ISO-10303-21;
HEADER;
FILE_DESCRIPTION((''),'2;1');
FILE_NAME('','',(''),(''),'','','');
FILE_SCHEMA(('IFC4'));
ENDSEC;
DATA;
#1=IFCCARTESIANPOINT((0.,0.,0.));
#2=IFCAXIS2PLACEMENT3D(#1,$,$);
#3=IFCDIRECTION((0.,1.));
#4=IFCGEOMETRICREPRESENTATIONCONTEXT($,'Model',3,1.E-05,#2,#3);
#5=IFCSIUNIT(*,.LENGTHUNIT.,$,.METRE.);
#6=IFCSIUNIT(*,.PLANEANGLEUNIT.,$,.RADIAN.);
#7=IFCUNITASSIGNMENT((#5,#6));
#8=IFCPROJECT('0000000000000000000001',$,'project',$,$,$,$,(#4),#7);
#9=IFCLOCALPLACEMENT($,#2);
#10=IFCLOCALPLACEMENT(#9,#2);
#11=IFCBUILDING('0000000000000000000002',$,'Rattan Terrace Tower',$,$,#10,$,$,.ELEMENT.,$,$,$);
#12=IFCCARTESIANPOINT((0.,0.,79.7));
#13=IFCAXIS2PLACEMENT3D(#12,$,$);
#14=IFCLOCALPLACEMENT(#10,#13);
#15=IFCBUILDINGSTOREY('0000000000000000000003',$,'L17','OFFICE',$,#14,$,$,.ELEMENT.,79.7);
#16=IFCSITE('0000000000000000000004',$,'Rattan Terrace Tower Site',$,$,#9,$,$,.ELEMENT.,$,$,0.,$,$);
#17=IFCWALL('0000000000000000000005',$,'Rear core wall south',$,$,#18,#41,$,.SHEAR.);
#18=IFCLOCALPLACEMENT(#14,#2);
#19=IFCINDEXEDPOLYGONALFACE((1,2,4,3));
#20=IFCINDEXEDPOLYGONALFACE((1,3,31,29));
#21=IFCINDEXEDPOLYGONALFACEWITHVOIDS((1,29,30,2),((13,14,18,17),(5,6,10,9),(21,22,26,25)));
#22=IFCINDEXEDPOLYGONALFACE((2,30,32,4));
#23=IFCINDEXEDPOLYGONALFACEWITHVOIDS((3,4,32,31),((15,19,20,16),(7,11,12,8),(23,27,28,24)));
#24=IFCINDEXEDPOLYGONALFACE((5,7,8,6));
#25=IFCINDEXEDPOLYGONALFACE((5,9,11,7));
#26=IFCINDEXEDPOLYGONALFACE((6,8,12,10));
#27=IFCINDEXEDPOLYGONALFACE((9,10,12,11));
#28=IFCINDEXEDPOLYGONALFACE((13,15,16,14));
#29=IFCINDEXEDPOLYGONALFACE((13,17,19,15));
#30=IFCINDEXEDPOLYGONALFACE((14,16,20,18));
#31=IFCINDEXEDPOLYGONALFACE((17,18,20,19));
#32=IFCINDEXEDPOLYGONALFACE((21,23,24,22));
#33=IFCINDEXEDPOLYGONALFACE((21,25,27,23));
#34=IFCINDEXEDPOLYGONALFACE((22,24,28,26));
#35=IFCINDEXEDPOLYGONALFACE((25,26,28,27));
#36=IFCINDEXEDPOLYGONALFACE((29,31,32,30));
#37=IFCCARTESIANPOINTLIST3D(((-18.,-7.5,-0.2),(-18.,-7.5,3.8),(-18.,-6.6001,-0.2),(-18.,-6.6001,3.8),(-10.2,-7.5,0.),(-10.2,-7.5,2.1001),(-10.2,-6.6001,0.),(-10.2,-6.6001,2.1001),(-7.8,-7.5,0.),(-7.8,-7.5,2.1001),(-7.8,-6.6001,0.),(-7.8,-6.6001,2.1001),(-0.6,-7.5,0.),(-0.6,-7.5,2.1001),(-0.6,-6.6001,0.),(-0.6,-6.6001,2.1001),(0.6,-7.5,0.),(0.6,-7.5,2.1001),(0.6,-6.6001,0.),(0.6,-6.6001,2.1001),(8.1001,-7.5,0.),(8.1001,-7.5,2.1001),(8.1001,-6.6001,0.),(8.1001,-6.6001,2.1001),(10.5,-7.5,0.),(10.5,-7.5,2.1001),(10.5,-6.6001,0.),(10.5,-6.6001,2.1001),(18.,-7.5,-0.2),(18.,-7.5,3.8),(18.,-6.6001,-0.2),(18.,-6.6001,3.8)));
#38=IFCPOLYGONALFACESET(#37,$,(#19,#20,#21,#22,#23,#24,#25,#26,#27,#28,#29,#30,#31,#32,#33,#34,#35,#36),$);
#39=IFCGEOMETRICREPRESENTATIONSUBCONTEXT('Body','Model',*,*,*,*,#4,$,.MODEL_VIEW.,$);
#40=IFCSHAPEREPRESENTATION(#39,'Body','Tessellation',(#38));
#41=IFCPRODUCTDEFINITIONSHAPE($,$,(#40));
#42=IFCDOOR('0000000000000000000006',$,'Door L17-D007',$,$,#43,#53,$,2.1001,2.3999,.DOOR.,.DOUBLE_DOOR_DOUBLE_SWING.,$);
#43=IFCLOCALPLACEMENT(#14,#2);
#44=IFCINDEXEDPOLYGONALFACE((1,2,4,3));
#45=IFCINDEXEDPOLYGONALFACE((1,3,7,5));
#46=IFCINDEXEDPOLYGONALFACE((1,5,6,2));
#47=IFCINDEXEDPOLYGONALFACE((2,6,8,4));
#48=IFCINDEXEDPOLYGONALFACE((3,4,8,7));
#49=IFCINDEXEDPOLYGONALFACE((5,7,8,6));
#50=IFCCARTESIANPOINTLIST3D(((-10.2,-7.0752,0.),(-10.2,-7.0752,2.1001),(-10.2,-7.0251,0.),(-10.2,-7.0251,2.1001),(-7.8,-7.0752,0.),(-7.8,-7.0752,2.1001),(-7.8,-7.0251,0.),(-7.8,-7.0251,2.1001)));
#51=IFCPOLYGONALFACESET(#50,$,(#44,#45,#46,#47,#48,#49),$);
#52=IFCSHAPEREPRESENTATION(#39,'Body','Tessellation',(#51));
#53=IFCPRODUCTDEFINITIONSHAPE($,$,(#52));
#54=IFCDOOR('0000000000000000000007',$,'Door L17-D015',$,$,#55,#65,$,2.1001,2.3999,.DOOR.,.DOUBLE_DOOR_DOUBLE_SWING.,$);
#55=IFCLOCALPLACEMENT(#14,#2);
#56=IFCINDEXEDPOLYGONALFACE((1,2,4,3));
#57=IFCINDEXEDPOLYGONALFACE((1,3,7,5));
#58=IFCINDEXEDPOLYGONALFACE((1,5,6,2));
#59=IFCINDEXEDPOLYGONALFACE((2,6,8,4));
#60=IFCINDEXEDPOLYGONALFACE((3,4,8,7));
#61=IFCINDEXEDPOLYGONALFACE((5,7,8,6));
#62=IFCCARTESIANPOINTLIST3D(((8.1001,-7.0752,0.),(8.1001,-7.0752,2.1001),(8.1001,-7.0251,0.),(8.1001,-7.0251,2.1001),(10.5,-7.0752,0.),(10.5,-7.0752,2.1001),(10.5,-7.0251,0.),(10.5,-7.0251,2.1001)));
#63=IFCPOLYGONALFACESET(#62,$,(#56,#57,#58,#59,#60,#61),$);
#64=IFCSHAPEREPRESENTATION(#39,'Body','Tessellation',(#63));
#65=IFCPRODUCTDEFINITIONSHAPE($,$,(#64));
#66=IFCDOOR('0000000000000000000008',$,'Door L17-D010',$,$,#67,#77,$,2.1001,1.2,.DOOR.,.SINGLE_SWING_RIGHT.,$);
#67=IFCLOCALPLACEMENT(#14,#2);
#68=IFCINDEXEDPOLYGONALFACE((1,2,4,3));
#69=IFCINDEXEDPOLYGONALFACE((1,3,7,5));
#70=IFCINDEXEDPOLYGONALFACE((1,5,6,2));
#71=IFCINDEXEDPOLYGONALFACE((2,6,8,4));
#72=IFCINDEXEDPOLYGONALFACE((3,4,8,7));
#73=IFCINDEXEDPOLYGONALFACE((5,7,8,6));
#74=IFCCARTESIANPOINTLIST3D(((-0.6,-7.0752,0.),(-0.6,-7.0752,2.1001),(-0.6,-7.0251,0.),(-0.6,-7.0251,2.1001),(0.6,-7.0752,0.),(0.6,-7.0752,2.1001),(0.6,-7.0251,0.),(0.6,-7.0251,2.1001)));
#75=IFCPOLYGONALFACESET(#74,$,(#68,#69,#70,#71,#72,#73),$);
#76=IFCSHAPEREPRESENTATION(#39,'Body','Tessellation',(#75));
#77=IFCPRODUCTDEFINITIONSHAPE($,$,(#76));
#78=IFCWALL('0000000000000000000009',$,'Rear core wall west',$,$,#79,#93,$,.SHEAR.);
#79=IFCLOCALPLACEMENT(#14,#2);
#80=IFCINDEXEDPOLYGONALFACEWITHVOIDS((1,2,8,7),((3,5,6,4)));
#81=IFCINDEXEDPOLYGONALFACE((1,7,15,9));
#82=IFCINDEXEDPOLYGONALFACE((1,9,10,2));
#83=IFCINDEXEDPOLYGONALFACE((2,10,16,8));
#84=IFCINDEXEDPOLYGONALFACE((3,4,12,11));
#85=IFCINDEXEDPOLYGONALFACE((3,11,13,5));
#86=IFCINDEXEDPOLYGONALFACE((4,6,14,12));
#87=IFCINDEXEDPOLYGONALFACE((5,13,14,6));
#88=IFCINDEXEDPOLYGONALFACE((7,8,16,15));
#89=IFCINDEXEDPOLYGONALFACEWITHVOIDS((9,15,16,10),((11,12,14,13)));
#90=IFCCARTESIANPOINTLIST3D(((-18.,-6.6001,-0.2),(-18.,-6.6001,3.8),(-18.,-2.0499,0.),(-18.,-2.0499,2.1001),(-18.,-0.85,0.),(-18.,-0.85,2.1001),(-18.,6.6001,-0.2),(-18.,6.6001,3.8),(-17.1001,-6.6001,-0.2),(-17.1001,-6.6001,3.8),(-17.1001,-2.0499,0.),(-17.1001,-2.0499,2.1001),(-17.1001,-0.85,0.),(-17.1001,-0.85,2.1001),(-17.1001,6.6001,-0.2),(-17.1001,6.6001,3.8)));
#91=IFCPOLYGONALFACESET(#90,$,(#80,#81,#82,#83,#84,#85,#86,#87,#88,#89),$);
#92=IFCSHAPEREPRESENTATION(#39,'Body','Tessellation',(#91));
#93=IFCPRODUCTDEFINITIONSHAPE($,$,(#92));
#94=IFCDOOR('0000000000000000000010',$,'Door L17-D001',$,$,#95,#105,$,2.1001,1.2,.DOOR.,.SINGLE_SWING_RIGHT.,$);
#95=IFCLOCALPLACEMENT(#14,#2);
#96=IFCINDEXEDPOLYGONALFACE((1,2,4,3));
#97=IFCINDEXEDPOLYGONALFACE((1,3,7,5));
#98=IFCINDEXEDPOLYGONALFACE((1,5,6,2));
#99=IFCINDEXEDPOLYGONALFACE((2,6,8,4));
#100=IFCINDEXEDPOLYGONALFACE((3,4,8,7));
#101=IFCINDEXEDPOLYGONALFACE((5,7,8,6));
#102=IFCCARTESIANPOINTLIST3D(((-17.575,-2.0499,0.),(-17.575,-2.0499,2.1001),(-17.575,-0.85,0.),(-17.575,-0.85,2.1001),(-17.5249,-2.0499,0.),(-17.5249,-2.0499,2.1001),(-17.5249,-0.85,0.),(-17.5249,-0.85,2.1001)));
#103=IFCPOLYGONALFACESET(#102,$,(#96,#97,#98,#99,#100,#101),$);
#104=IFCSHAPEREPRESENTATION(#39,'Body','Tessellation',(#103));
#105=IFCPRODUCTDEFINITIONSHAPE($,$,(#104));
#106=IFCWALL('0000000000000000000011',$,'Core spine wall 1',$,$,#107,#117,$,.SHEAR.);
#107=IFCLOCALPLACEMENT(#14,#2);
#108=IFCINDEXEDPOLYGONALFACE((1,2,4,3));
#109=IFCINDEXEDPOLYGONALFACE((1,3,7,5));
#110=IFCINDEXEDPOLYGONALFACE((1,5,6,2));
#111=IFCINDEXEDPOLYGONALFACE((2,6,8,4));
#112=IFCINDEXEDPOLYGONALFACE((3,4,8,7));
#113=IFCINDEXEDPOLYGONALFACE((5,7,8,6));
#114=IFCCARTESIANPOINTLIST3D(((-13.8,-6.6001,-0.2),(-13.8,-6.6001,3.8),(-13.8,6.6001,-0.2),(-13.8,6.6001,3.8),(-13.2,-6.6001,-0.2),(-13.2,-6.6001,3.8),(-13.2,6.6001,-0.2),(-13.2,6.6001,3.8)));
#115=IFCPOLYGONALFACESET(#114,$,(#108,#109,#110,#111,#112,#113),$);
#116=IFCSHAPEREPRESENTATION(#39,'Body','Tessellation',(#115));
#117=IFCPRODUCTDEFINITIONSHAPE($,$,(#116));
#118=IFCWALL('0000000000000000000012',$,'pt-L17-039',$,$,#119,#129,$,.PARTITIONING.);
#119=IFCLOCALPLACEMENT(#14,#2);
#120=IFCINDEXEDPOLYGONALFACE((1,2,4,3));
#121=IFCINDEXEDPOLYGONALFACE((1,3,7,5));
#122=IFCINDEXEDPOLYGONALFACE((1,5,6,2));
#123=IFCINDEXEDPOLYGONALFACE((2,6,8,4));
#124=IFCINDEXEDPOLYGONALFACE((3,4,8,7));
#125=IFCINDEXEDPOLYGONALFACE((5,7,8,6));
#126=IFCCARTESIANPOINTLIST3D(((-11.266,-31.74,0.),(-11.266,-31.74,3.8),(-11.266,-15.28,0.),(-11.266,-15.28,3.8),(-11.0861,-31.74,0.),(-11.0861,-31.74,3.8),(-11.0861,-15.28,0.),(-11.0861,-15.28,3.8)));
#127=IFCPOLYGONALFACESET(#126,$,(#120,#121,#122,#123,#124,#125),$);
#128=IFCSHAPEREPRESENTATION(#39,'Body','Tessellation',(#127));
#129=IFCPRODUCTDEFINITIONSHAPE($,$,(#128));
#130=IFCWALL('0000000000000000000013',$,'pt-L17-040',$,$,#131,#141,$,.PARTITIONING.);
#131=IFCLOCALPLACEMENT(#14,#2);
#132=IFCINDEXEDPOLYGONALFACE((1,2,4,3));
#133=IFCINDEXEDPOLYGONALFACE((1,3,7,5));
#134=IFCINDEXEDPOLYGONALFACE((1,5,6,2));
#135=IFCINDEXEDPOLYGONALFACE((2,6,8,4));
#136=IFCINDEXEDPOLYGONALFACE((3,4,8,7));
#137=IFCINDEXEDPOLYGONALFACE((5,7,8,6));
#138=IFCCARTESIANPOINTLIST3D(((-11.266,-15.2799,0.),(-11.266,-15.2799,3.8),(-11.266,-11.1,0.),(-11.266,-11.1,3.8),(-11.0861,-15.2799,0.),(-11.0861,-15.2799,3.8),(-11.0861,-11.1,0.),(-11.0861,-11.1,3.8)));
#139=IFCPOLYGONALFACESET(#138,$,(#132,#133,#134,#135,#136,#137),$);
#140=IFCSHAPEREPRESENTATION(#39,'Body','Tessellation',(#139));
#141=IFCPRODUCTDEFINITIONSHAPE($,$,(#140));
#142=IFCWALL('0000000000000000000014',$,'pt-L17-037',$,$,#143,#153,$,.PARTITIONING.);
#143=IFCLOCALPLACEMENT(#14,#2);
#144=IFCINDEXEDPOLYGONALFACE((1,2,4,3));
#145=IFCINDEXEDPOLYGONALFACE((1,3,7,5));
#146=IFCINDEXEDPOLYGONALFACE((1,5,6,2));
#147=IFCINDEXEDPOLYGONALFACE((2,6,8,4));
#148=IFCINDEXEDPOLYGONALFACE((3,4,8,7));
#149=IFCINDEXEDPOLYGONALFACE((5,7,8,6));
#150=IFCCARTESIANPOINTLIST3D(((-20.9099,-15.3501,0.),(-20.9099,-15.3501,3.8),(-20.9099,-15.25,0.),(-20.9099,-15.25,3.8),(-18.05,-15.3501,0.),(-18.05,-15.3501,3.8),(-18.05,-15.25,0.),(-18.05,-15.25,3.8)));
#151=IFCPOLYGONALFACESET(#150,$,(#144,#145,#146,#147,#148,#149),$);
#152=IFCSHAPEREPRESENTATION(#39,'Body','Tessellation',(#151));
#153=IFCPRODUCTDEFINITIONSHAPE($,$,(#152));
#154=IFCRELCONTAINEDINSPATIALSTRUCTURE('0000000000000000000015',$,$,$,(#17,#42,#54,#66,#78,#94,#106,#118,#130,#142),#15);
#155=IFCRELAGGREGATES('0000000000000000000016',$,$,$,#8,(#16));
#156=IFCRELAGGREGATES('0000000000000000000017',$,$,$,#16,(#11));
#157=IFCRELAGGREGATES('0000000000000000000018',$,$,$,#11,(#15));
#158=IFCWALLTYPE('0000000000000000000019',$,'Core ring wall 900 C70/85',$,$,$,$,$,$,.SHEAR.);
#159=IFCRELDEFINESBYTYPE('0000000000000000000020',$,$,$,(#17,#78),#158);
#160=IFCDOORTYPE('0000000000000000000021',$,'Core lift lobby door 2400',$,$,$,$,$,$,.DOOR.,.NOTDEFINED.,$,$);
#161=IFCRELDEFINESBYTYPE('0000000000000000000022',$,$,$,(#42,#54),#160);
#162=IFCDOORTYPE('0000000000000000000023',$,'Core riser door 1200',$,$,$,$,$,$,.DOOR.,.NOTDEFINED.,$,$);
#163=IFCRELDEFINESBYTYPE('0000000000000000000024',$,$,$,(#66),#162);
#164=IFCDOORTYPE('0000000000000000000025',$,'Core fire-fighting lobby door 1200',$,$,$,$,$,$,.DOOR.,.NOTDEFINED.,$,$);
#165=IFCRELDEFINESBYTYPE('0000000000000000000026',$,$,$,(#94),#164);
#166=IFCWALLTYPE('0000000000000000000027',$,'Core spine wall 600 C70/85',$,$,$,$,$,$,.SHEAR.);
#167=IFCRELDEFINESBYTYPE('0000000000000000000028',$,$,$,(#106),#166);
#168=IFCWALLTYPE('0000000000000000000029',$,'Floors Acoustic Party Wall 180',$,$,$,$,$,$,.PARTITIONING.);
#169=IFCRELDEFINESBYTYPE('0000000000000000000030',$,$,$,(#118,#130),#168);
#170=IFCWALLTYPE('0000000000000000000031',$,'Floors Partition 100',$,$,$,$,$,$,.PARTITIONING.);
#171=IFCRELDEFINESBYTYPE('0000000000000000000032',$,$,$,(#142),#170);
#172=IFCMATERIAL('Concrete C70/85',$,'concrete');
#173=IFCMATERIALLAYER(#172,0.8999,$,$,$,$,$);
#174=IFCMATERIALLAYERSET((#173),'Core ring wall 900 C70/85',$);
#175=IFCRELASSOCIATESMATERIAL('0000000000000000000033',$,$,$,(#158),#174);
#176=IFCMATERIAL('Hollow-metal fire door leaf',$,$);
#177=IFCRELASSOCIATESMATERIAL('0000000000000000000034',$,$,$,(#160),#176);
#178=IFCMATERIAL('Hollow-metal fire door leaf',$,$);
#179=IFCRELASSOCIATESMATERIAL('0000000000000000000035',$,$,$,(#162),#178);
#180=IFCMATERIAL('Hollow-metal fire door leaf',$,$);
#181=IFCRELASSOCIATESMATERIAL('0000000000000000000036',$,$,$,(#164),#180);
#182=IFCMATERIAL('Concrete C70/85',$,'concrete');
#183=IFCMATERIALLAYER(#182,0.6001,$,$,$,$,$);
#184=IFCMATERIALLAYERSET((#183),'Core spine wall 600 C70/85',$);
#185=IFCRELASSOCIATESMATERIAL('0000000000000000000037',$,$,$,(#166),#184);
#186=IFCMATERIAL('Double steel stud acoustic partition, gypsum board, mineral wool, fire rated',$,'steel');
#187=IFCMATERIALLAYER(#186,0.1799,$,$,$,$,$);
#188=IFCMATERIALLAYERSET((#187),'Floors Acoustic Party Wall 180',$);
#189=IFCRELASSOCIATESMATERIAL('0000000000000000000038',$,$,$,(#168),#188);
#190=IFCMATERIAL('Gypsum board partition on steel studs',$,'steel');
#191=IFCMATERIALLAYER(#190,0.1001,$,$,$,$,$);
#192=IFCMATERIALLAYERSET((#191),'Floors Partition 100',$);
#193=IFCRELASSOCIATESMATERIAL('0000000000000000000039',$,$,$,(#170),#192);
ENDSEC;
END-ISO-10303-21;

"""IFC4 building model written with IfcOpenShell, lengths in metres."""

from ifc_helpers import new_model, si_unit, direction, frame, frame_2d, origin, place, context, subcontext, project, spatial, rectangle, extrude, material, layer, layer_set, type_object, element, fill, save


model = new_model("IFC4")

# Units and contexts
model_context = context("Model", 3, precision=1e-05, world=origin(), true_north=direction((0.0, 1.0)))
body_context = subcontext(model_context, "Body", "Model", "MODEL_VIEW")
ifc_project = project(units=[si_unit("LENGTHUNIT", "METRE"), si_unit("PLANEANGLEUNIT", "RADIAN")], contexts=[model_context])

# Site, building, storey
site_placement = place(None, origin())
site = spatial("IfcSite", under=ifc_project, at=site_placement, Name="Rattan Terrace Tower Site", CompositionType="ELEMENT", RefElevation=0.0)
building_placement = place(site_placement, origin())
building = spatial("IfcBuilding", under=site, at=building_placement, Name="Rattan Terrace Tower", CompositionType="ELEMENT")
storey_placement = place(building_placement, frame((0.0, 0.0, 79.7)))
storey = spatial("IfcBuildingStorey", under=building, at=storey_placement, Name="L17", Description="OFFICE", CompositionType="ELEMENT", Elevation=79.7)

# Wall, openings, doors
ifc_material_1 = material(Name="Concrete C70/85", Category="concrete")
ifc_layer_1 = layer(ifc_material_1, 0.8999)
ifc_layer_set_1 = layer_set([ifc_layer_1], Name="Core ring wall 900 C70/85")
wall_type_1 = type_object("IfcWallType", Name="Core ring wall 900 C70/85", PredefinedType="SHEAR", material=ifc_layer_set_1)
wall_1_placement = place(storey_placement, frame((-18.0, -7.05, -0.2), z_axis=(0.0, 0.0, 1.0), x_axis=(1.0, 0.0, 0.0)))
wall_1 = element("IfcWall", 1, at=wall_1_placement, inside=storey, type_object=wall_type_1, Name="Rear core wall south", PredefinedType="SHEAR", context=body_context, shape_type="SweptSolid", body=[
    extrude(rectangle(XDim=36.0, YDim=0.8999, at=frame_2d((18.0, 0.0))), origin(), (0.0, 0.0, 1.0), 4.0),
])
opening_1_placement = place(wall_1_placement, frame((7.8, 0.0, 0.2)))
opening_1 = element("IfcOpeningElement", 2, at=opening_1_placement, cuts=wall_1, PredefinedType="OPENING", context=body_context, shape_type="SweptSolid", body=[
    extrude(rectangle(XDim=2.3999, YDim=2.1001, at=frame_2d((1.2, 1.05))), frame((0.0, 0.4604, 0.0), z_axis=(0.0, -1.0, 0.0), x_axis=(1.0, 0.0, 0.0)), (0.0, 0.0, 1.0), 0.9209),
])
opening_2_placement = place(wall_1_placement, frame((17.3999, 0.0, 0.2)))
opening_2 = element("IfcOpeningElement", 3, at=opening_2_placement, cuts=wall_1, PredefinedType="OPENING", context=body_context, shape_type="SweptSolid", body=[
    extrude(rectangle(XDim=1.2, YDim=2.1001, at=frame_2d((0.6001, 1.05))), frame((0.0, 0.4604, 0.0), z_axis=(0.0, -1.0, 0.0), x_axis=(1.0, 0.0, 0.0)), (0.0, 0.0, 1.0), 0.9209),
])
opening_3_placement = place(wall_1_placement, frame((26.1001, 0.0, 0.2)))
opening_3 = element("IfcOpeningElement", 4, at=opening_3_placement, cuts=wall_1, PredefinedType="OPENING", context=body_context, shape_type="SweptSolid", body=[
    extrude(rectangle(XDim=2.3999, YDim=2.1001, at=frame_2d((1.2, 1.05))), frame((0.0, 0.4604, 0.0), z_axis=(0.0, -1.0, 0.0), x_axis=(1.0, 0.0, 0.0)), (0.0, 0.0, 1.0), 0.9209),
])
ifc_material_2 = material(Name="Hollow-metal fire door leaf")
door_type_1 = type_object("IfcDoorType", Name="Core lift lobby door 2400", OperationType="NOTDEFINED", PredefinedType="DOOR", material=ifc_material_2)
door_1_placement = place(opening_1_placement, origin())
door_1 = element("IfcDoor", 5, at=door_1_placement, inside=storey, type_object=door_type_1, Name="Door L17-D007", OperationType="DOUBLE_DOOR_DOUBLE_SWING", OverallHeight=2.1001, OverallWidth=2.3999, PredefinedType="DOOR", context=body_context, shape_type="SweptSolid", body=[
    extrude(rectangle(XDim=2.3999, YDim=2.1001, at=frame_2d((1.2, 1.05))), frame((0.0, 0.0249, 0.0), z_axis=(0.0, -1.0, 0.0), x_axis=(1.0, 0.0, 0.0)), (0.0, 0.0, 1.0), 0.05),
])
fill(opening_1, door_1)
door_2_placement = place(opening_3_placement, origin())
door_2 = element("IfcDoor", 6, at=door_2_placement, inside=storey, type_object=door_type_1, Name="Door L17-D015", OperationType="DOUBLE_DOOR_DOUBLE_SWING", OverallHeight=2.1001, OverallWidth=2.3999, PredefinedType="DOOR", context=body_context, shape_type="SweptSolid", body=[
    extrude(rectangle(XDim=2.3999, YDim=2.1001, at=frame_2d((1.2, 1.05))), frame((0.0, 0.0249, 0.0), z_axis=(0.0, -1.0, 0.0), x_axis=(1.0, 0.0, 0.0)), (0.0, 0.0, 1.0), 0.05),
])
fill(opening_3, door_2)
ifc_material_3 = material(Name="Hollow-metal fire door leaf")
door_type_2 = type_object("IfcDoorType", Name="Core riser door 1200", OperationType="NOTDEFINED", PredefinedType="DOOR", material=ifc_material_3)
door_3_placement = place(opening_2_placement, origin())
door_3 = element("IfcDoor", 7, at=door_3_placement, inside=storey, type_object=door_type_2, Name="Door L17-D010", OperationType="SINGLE_SWING_RIGHT", OverallHeight=2.1001, OverallWidth=1.2, PredefinedType="DOOR", context=body_context, shape_type="SweptSolid", body=[
    extrude(rectangle(XDim=1.2, YDim=2.1001, at=frame_2d((0.6001, 1.05))), frame((0.0, 0.0249, 0.0), z_axis=(0.0, -1.0, 0.0), x_axis=(1.0, 0.0, 0.0)), (0.0, 0.0, 1.0), 0.05),
])
fill(opening_2, door_3)

# Wall, opening, door
wall_2_placement = place(storey_placement, frame((-17.55, -6.6001, -0.2), z_axis=(0.0, 0.0, 1.0), x_axis=(0.0, 1.0, 0.0)))
wall_2 = element("IfcWall", 8, at=wall_2_placement, inside=storey, type_object=wall_type_1, Name="Rear core wall west", PredefinedType="SHEAR", context=body_context, shape_type="SweptSolid", body=[
    extrude(rectangle(XDim=13.2002, YDim=0.8999, at=frame_2d((6.6001, 0.0))), origin(), (0.0, 0.0, 1.0), 4.0),
])
opening_4_placement = place(wall_2_placement, frame((4.55, 0.0, 0.2)))
opening_4 = element("IfcOpeningElement", 9, at=opening_4_placement, cuts=wall_2, PredefinedType="OPENING", context=body_context, shape_type="SweptSolid", body=[
    extrude(rectangle(XDim=1.2, YDim=2.1001, at=frame_2d((0.6001, 1.05))), frame((0.0, 0.4604, 0.0), z_axis=(0.0, -1.0, 0.0), x_axis=(1.0, 0.0, 0.0)), (0.0, 0.0, 1.0), 0.9209),
])
ifc_material_4 = material(Name="Hollow-metal fire door leaf")
door_type_3 = type_object("IfcDoorType", Name="Core fire-fighting lobby door 1200", OperationType="NOTDEFINED", PredefinedType="DOOR", material=ifc_material_4)
door_4_placement = place(opening_4_placement, origin())
door_4 = element("IfcDoor", 10, at=door_4_placement, inside=storey, type_object=door_type_3, Name="Door L17-D001", OperationType="SINGLE_SWING_RIGHT", OverallHeight=2.1001, OverallWidth=1.2, PredefinedType="DOOR", context=body_context, shape_type="SweptSolid", body=[
    extrude(rectangle(XDim=1.2, YDim=2.1001, at=frame_2d((0.6001, 1.05))), frame((0.0, 0.0249, 0.0), z_axis=(0.0, -1.0, 0.0), x_axis=(1.0, 0.0, 0.0)), (0.0, 0.0, 1.0), 0.05),
])
fill(opening_4, door_4)

# Walls
ifc_material_5 = material(Name="Concrete C70/85", Category="concrete")
ifc_layer_2 = layer(ifc_material_5, 0.6001)
ifc_layer_set_2 = layer_set([ifc_layer_2], Name="Core spine wall 600 C70/85")
wall_type_2 = type_object("IfcWallType", Name="Core spine wall 600 C70/85", PredefinedType="SHEAR", material=ifc_layer_set_2)
wall_3_placement = place(storey_placement, frame((-13.5, -6.6001, -0.2), z_axis=(0.0, 0.0, 1.0), x_axis=(0.0, 1.0, 0.0)))
element("IfcWall", 11, at=wall_3_placement, inside=storey, type_object=wall_type_2, Name="Core spine wall 1", PredefinedType="SHEAR", context=body_context, shape_type="SweptSolid", body=[
    extrude(rectangle(XDim=13.2002, YDim=0.6001, at=frame_2d((6.6001, 0.0))), origin(), (0.0, 0.0, 1.0), 4.0),
])
ifc_material_6 = material(Name="Double steel stud acoustic partition, gypsum board, mineral wool, fire rated", Category="steel")
ifc_layer_3 = layer(ifc_material_6, 0.1799)
ifc_layer_set_3 = layer_set([ifc_layer_3], Name="Floors Acoustic Party Wall 180")
wall_type_3 = type_object("IfcWallType", Name="Floors Acoustic Party Wall 180", PredefinedType="PARTITIONING", material=ifc_layer_set_3)
wall_4_placement = place(storey_placement, frame((-11.176, -15.28, 0.0), z_axis=(0.0, 0.0, 1.0), x_axis=(0.0, -1.0, 0.0)))
element("IfcWall", 12, at=wall_4_placement, inside=storey, type_object=wall_type_3, Name="pt-L17-039", PredefinedType="PARTITIONING", context=body_context, shape_type="SweptSolid", body=[
    extrude(rectangle(XDim=16.46, YDim=0.1799, at=frame_2d((8.23, 0.0))), origin(), (0.0, 0.0, 1.0), 3.8),
])
wall_5_placement = place(storey_placement, frame((-11.176, -11.1001, 0.0), z_axis=(0.0, 0.0, 1.0), x_axis=(0.0, -1.0, 0.0)))
element("IfcWall", 13, at=wall_5_placement, inside=storey, type_object=wall_type_3, Name="pt-L17-040", PredefinedType="PARTITIONING", context=body_context, shape_type="SweptSolid", body=[
    extrude(rectangle(XDim=4.1799, YDim=0.1799, at=frame_2d((2.0898, 0.0))), origin(), (0.0, 0.0, 1.0), 3.8),
])
ifc_material_7 = material(Name="Gypsum board partition on steel studs", Category="steel")
ifc_layer_4 = layer(ifc_material_7, 0.1001)
ifc_layer_set_4 = layer_set([ifc_layer_4], Name="Floors Partition 100")
wall_type_4 = type_object("IfcWallType", Name="Floors Partition 100", PredefinedType="PARTITIONING", material=ifc_layer_set_4)
wall_6_placement = place(storey_placement, frame((-20.9099, -15.3, 0.0), z_axis=(0.0, 0.0, 1.0), x_axis=(1.0, 0.0, 0.0)))
element("IfcWall", 14, at=wall_6_placement, inside=storey, type_object=wall_type_4, Name="pt-L17-037", PredefinedType="PARTITIONING", context=body_context, shape_type="SweptSolid", body=[
    extrude(rectangle(XDim=2.8599, YDim=0.1001, at=frame_2d((1.4299, 0.0))), origin(), (0.0, 0.0, 1.0), 3.8),
])

save(model, "model.ifc")
